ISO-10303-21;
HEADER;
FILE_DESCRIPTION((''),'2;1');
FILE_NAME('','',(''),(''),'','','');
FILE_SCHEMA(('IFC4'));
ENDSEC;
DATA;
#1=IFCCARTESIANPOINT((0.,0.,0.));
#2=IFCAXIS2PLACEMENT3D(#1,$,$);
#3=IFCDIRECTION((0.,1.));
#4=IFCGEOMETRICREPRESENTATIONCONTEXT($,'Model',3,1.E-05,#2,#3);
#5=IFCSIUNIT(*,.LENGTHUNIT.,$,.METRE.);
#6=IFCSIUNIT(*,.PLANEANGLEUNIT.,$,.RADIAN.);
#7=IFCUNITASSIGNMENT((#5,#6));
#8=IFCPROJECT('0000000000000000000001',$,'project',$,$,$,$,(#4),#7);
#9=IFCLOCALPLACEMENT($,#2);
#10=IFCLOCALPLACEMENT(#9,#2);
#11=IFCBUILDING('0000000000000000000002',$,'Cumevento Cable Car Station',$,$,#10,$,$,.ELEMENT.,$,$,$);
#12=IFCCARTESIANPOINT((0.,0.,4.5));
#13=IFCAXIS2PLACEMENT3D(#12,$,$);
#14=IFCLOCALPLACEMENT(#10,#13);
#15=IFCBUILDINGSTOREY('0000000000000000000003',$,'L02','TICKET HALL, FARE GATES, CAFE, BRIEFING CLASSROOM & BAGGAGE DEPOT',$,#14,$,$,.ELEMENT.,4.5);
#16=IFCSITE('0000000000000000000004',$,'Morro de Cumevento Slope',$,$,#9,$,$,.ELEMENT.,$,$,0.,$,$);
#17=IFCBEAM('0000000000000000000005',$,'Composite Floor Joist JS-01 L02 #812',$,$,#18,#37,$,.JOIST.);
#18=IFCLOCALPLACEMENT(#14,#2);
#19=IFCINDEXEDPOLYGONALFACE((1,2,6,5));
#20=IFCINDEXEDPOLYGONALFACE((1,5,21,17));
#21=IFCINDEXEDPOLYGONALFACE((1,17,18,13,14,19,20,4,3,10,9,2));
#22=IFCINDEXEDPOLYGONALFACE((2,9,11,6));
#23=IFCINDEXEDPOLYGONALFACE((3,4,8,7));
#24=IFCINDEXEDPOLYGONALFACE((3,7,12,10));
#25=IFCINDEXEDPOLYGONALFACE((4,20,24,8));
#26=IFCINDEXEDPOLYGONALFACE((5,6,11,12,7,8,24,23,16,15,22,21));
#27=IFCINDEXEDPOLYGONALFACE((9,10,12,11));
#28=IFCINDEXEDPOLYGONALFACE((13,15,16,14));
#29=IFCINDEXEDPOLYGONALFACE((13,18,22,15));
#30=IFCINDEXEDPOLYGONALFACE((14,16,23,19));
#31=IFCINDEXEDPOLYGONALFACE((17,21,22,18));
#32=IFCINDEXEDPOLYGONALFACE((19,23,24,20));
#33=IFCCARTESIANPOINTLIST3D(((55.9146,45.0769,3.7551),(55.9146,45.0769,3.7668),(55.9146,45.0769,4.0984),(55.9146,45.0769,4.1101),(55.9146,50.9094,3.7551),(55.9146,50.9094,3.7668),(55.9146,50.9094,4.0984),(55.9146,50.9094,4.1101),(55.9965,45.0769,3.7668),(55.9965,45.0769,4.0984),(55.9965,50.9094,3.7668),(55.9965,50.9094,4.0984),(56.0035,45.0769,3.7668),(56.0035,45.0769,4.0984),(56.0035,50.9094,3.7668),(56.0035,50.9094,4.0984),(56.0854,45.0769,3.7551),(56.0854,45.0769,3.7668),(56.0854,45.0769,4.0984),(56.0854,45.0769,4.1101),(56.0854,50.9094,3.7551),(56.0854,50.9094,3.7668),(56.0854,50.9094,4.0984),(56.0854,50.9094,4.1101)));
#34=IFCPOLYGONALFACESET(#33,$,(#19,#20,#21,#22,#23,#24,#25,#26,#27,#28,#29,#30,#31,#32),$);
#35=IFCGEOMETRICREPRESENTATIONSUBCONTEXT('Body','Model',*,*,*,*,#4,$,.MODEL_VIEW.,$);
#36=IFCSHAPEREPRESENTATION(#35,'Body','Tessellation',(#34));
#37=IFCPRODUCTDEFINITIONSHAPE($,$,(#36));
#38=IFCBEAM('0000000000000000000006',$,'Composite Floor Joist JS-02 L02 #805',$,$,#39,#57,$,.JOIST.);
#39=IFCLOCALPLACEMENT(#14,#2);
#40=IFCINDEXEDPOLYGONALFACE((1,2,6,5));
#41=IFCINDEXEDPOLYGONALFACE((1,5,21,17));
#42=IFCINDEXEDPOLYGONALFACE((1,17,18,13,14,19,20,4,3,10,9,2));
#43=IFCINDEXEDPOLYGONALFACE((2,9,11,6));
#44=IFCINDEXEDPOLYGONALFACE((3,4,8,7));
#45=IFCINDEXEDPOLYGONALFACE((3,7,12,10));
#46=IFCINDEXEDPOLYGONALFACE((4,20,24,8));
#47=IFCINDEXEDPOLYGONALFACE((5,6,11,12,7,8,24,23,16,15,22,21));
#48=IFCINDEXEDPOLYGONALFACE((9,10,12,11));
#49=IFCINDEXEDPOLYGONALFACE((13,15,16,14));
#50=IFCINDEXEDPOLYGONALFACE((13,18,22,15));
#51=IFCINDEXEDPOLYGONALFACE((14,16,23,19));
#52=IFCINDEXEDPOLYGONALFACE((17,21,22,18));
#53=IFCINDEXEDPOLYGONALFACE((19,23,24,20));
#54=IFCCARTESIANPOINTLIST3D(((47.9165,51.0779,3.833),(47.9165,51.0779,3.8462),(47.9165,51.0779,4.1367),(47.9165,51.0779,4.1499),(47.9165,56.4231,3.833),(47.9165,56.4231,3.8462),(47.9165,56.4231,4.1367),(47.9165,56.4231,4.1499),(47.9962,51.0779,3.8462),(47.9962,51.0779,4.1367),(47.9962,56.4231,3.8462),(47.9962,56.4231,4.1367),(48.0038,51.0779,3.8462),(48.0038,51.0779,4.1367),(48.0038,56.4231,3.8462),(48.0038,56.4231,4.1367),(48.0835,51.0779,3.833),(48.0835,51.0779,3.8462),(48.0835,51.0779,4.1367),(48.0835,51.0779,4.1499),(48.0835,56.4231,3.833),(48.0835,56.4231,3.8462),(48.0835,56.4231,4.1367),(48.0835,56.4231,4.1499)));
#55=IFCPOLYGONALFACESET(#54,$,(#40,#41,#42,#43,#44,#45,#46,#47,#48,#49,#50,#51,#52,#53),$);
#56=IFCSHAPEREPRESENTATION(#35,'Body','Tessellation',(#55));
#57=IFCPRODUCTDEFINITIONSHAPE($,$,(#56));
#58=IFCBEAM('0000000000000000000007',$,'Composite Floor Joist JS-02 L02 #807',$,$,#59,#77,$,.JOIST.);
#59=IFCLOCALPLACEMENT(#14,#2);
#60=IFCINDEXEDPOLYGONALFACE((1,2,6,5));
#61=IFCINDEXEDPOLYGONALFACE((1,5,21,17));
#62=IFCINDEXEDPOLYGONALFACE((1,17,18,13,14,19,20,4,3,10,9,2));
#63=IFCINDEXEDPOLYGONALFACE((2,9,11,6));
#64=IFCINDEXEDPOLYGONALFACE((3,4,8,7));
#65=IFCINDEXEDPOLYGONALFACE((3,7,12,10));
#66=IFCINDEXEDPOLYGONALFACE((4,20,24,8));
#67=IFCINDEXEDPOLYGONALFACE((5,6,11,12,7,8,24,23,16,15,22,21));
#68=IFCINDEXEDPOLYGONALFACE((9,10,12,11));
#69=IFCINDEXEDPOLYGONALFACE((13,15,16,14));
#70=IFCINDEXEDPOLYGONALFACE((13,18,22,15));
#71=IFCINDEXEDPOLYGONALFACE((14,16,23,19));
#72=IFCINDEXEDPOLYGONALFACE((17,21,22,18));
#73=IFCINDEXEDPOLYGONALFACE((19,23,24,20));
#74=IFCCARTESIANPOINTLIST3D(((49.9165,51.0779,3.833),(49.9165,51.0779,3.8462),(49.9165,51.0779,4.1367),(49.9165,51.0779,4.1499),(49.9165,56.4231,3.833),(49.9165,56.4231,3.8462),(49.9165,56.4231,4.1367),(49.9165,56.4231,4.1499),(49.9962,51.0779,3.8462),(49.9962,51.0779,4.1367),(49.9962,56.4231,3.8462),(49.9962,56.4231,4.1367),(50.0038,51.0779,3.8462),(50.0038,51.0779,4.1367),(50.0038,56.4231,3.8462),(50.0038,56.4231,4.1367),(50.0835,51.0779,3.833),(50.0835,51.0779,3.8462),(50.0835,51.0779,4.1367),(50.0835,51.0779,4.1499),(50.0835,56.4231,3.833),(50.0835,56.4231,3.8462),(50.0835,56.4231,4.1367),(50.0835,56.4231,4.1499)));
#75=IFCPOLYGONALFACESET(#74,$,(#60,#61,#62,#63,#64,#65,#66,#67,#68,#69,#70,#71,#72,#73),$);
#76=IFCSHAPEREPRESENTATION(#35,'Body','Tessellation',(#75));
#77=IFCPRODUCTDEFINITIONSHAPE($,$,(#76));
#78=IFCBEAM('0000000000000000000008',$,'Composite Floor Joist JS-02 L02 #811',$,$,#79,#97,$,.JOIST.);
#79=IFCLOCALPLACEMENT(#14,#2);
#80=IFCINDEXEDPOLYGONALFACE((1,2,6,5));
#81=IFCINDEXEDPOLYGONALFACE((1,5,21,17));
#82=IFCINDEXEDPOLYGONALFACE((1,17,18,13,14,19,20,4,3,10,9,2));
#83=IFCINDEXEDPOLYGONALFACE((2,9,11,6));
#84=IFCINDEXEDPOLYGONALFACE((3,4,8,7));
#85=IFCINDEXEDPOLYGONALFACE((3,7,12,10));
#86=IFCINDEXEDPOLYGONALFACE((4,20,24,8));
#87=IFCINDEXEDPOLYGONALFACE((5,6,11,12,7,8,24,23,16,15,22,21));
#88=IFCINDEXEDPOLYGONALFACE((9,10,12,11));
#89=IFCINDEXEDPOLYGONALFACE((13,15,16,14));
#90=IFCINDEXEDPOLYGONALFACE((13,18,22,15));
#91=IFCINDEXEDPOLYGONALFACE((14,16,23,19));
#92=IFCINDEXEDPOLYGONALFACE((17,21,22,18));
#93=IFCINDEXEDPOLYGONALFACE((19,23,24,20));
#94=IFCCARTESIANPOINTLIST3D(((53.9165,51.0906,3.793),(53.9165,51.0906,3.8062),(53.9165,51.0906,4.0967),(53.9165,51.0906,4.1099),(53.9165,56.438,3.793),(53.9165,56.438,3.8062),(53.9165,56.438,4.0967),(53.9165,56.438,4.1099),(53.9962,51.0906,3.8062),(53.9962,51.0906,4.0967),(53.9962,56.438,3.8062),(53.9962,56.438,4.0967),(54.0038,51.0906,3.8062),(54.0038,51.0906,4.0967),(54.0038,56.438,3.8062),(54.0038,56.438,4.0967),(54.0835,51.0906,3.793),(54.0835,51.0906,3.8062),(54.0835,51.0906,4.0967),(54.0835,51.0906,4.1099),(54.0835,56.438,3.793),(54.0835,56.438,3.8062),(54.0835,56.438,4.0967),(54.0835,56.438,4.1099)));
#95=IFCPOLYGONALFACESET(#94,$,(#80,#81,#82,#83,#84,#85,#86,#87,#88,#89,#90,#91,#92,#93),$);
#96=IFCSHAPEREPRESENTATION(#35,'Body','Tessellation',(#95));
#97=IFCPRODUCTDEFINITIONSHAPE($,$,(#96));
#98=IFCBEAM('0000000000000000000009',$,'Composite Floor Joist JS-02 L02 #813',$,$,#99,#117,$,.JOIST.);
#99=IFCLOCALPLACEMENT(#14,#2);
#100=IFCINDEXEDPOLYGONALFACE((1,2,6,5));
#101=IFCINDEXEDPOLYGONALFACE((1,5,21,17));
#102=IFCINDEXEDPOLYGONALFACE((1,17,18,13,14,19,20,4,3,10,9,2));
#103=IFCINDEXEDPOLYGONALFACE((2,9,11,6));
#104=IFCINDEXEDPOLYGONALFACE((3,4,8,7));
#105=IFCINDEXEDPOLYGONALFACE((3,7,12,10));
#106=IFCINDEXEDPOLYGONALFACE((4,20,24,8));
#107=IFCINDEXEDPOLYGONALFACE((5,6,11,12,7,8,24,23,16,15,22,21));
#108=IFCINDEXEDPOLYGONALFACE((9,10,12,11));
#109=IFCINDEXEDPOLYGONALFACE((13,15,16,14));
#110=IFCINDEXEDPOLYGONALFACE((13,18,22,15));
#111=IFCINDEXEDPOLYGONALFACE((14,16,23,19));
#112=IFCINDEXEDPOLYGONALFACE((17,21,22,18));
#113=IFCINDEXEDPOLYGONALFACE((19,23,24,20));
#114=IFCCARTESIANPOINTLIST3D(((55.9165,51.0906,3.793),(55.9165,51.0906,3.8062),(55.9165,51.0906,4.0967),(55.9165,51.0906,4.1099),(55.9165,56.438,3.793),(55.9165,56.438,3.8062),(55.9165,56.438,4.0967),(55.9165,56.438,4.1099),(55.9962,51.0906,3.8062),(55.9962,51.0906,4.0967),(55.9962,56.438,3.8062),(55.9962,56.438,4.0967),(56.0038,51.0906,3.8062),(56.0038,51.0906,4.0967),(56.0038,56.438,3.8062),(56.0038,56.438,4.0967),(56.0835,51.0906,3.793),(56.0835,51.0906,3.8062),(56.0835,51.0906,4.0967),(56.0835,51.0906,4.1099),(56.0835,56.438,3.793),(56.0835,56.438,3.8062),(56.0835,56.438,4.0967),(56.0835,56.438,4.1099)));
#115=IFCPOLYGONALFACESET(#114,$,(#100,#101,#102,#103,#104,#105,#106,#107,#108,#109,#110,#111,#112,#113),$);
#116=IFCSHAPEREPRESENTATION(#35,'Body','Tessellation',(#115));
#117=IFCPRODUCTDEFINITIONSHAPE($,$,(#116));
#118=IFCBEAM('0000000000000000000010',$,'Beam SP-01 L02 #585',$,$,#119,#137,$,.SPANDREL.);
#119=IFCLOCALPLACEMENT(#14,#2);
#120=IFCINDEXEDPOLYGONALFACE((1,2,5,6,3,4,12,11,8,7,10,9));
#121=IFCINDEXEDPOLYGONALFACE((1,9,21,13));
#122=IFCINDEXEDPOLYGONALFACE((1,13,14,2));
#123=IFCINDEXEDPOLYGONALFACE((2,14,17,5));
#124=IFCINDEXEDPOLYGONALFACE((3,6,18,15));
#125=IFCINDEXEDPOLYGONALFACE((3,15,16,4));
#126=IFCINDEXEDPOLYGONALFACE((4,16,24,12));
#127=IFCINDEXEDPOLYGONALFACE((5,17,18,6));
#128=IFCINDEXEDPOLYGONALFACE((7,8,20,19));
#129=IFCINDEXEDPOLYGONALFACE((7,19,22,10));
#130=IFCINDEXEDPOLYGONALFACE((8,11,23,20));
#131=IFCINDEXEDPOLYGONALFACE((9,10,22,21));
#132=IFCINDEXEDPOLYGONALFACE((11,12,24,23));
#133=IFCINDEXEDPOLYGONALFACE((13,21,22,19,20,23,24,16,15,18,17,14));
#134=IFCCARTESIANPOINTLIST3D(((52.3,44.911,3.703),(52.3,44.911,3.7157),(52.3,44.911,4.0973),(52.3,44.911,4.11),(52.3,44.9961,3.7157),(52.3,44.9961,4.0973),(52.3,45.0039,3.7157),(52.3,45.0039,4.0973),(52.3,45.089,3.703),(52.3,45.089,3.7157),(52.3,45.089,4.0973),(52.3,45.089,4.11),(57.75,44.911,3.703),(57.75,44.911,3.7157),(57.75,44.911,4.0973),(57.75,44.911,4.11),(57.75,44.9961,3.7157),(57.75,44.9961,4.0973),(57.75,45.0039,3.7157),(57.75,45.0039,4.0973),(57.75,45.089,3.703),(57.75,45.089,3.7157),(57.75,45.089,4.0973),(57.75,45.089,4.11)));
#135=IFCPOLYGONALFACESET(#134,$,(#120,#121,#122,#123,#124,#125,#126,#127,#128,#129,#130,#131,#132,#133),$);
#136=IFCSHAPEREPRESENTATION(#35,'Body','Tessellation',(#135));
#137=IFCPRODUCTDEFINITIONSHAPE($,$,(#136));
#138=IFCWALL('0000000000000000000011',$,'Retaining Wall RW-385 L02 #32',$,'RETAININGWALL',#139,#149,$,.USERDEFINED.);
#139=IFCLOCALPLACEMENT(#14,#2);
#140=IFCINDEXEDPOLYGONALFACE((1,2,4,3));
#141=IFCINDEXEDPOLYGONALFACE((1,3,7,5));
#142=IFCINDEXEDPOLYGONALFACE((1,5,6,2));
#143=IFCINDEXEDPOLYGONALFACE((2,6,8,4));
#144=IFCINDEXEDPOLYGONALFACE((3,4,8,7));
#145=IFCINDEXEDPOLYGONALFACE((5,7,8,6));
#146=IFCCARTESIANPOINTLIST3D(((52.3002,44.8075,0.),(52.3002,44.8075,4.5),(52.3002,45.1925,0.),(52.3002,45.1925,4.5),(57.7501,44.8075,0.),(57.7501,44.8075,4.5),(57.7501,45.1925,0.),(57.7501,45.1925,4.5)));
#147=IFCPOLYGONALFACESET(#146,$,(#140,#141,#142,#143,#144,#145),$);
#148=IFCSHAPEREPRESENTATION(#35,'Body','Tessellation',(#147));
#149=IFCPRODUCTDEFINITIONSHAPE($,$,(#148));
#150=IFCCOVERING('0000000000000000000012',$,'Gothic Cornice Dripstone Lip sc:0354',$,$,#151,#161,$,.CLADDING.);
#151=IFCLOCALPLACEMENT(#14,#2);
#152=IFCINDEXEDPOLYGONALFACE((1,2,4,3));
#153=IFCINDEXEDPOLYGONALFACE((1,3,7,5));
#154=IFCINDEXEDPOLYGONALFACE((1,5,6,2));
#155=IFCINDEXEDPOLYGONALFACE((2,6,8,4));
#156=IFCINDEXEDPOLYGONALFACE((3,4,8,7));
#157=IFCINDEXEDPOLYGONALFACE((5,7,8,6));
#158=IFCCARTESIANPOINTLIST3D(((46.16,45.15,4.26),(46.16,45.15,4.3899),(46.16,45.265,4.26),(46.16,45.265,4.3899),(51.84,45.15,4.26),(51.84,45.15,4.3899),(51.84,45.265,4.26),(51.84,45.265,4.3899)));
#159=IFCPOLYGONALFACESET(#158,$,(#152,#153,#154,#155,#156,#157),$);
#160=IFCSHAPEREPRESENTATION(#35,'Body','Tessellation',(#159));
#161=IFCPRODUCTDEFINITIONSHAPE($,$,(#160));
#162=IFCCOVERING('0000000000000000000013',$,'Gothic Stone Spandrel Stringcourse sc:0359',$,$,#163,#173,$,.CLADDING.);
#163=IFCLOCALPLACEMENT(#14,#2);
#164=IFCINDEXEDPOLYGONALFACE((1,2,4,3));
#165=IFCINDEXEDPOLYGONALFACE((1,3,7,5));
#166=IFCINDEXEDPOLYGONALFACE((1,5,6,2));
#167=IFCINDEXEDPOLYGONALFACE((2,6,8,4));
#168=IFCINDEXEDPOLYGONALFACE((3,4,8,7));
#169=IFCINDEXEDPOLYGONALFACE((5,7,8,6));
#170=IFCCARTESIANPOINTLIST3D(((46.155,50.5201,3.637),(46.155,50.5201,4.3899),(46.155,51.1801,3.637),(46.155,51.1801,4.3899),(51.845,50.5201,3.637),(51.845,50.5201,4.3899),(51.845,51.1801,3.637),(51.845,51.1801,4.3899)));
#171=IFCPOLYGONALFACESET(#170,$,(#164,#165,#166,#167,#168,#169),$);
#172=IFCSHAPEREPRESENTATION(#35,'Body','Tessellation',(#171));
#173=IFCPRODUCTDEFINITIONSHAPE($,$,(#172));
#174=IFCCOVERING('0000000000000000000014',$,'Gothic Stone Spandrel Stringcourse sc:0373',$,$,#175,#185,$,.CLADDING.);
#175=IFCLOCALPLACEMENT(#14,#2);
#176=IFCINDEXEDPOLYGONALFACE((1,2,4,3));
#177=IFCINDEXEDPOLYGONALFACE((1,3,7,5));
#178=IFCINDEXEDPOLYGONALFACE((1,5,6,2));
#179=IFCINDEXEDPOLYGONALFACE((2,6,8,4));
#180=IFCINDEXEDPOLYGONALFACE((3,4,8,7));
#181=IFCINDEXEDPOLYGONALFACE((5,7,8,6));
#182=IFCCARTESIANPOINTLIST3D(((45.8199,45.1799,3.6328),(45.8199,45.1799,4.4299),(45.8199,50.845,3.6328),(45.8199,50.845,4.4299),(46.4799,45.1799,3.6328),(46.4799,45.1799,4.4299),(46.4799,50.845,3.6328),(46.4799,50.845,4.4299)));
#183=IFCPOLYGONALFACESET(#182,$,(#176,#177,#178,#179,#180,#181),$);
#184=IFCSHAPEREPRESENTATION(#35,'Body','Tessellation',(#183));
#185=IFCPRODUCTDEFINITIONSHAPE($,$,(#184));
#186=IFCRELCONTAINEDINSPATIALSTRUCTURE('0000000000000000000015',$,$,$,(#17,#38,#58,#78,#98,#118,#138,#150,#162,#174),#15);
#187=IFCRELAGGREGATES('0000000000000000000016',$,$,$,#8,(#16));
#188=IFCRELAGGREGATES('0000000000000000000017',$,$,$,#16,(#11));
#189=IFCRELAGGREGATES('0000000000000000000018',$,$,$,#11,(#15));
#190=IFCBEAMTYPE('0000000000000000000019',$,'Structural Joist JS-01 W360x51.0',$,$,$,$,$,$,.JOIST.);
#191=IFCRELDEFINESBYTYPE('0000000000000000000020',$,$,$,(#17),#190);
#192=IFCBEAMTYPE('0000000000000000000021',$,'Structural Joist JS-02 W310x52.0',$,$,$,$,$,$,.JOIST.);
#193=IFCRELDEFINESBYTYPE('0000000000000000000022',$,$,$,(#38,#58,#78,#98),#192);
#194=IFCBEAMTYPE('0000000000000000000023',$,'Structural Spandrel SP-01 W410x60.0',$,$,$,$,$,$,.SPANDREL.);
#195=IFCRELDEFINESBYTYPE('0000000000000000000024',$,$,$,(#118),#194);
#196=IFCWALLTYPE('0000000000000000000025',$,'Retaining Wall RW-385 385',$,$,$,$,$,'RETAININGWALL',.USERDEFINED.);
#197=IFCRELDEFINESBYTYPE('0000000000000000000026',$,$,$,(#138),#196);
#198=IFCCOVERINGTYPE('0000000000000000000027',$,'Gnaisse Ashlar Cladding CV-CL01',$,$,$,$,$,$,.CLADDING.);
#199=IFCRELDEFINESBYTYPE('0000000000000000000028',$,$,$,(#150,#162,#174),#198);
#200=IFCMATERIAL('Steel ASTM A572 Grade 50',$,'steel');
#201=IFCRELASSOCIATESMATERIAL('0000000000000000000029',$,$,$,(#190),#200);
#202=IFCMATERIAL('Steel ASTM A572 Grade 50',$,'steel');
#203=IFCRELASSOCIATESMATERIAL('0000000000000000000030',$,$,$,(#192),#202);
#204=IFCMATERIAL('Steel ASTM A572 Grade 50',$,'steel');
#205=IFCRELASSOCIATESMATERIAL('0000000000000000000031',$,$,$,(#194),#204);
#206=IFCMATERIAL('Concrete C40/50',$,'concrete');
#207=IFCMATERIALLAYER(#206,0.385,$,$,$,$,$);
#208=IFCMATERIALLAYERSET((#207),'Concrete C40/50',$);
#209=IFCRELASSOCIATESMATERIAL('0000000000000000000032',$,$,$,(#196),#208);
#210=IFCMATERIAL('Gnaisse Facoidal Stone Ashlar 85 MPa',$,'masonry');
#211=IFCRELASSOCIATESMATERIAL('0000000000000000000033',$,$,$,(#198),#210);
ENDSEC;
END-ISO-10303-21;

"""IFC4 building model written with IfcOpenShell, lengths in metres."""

from ifc_helpers import new_model, si_unit, direction, frame, frame_2d, origin, origin_2d, place, context, subcontext, project, spatial, rectangle, i_section, extrude, material, layer, layer_set, material_profile, profile_set, type_object, element, save


model = new_model("IFC4")

# Units and contexts
model_context = context("Model", 3, precision=1e-05, world=origin(), true_north=direction((0.0, 1.0)))
body_context = subcontext(model_context, "Body", "Model", "MODEL_VIEW")
ifc_project = project(units=[si_unit("LENGTHUNIT", "METRE"), si_unit("PLANEANGLEUNIT", "RADIAN")], contexts=[model_context])

# Site, building, storey
site_placement = place(None, origin())
site = spatial("IfcSite", under=ifc_project, at=site_placement, Name="Morro de Cumevento Slope", CompositionType="ELEMENT", RefElevation=0.0)
building_placement = place(site_placement, origin())
building = spatial("IfcBuilding", under=site, at=building_placement, Name="Cumevento Cable Car Station", CompositionType="ELEMENT")
storey_placement = place(building_placement, frame((0.0, 0.0, 4.5)))
storey = spatial("IfcBuildingStorey", under=building, at=storey_placement, Name="L02", Description="TICKET HALL, FARE GATES, CAFE, BRIEFING CLASSROOM & BAGGAGE DEPOT", CompositionType="ELEMENT", Elevation=4.5)

# Beams
ifc_material_1 = material(Name="Steel ASTM A572 Grade 50", Category="steel")
ifc_material_profile_1 = material_profile(ifc_material_1, i_section(OverallWidth=0.1709, OverallDepth=0.355, WebThickness=0.0071, FlangeThickness=0.0117, at=origin_2d()), Name="W360x51.0")
ifc_profile_set_1 = profile_set([ifc_material_profile_1], Name="Steel ASTM A572 Grade 50")
beam_type_1 = type_object("IfcBeamType", Name="Structural Joist JS-01 W360x51.0", PredefinedType="JOIST", material=ifc_profile_set_1)
for number, where, z_axis, x_axis, name in (
    (1, (56.0, 45.0769, 3.9326), (0.0, 1.0, 0.0), (-1.0, 0.0, 0.0), "Composite Floor Joist JS-01 L02 #812"),
):
    element("IfcBeam", number, at=place(storey_placement, frame(where, z_axis=z_axis, x_axis=x_axis)), inside=storey, type_object=beam_type_1, Name=name, PredefinedType="JOIST", context=body_context, shape_type="SweptSolid", body=[
        extrude(i_section(OverallWidth=0.1709, OverallDepth=0.355, WebThickness=0.0071, FlangeThickness=0.0117, at=origin_2d()), origin(), (0.0, 0.0, 1.0), 5.8325),
    ])
ifc_material_2 = material(Name="Steel ASTM A572 Grade 50", Category="steel")
ifc_material_profile_2 = material_profile(ifc_material_2, i_section(OverallWidth=0.167, OverallDepth=0.3169, WebThickness=0.0076, FlangeThickness=0.0132, at=origin_2d()), Name="W310x52.0")
ifc_profile_set_2 = profile_set([ifc_material_profile_2], Name="Steel ASTM A572 Grade 50")
beam_type_2 = type_object("IfcBeamType", Name="Structural Joist JS-02 W310x52.0", PredefinedType="JOIST", material=ifc_profile_set_2)
for number, where, z_axis, x_axis, name in (
    (2, (48.0, 51.0779, 3.9915), (0.0, 1.0, 0.0), (-1.0, 0.0, 0.0), "Composite Floor Joist JS-02 L02 #805"),
    (3, (50.0, 51.0779, 3.9915), (0.0, 1.0, 0.0), (-1.0, 0.0, 0.0), "Composite Floor Joist JS-02 L02 #807"),
):
    element("IfcBeam", number, at=place(storey_placement, frame(where, z_axis=z_axis, x_axis=x_axis)), inside=storey, type_object=beam_type_2, Name=name, PredefinedType="JOIST", context=body_context, shape_type="SweptSolid", body=[
        extrude(i_section(OverallWidth=0.167, OverallDepth=0.3169, WebThickness=0.0076, FlangeThickness=0.0132, at=origin_2d()), origin(), (0.0, 0.0, 1.0), 5.3452),
    ])
for number, where, z_axis, x_axis, name in (
    (4, (54.0, 51.0906, 3.9514), (0.0, 1.0, 0.0), (-1.0, 0.0, 0.0), "Composite Floor Joist JS-02 L02 #811"),
    (5, (56.0, 51.0906, 3.9514), (0.0, 1.0, 0.0), (-1.0, 0.0, 0.0), "Composite Floor Joist JS-02 L02 #813"),
):
    element("IfcBeam", number, at=place(storey_placement, frame(where, z_axis=z_axis, x_axis=x_axis)), inside=storey, type_object=beam_type_2, Name=name, PredefinedType="JOIST", context=body_context, shape_type="SweptSolid", body=[
        extrude(i_section(OverallWidth=0.167, OverallDepth=0.3169, WebThickness=0.0076, FlangeThickness=0.0132, at=origin_2d()), origin(), (0.0, 0.0, 1.0), 5.3474),
    ])
ifc_material_3 = material(Name="Steel ASTM A572 Grade 50", Category="steel")
ifc_material_profile_3 = material_profile(ifc_material_3, i_section(OverallWidth=0.178, OverallDepth=0.407, WebThickness=0.0078, FlangeThickness=0.0127, at=origin_2d()), Name="W410x60.0")
ifc_profile_set_3 = profile_set([ifc_material_profile_3], Name="Steel ASTM A572 Grade 50")
beam_type_3 = type_object("IfcBeamType", Name="Structural Spandrel SP-01 W410x60.0", PredefinedType="SPANDREL", material=ifc_profile_set_3)
beam_1_placement = place(storey_placement, frame((52.3, 45.0, 3.9065), z_axis=(1.0, 0.0, 0.0), x_axis=(0.0, 1.0, 0.0)))
element("IfcBeam", 6, at=beam_1_placement, inside=storey, type_object=beam_type_3, Name="Beam SP-01 L02 #585", PredefinedType="SPANDREL", context=body_context, shape_type="SweptSolid", body=[
    extrude(i_section(OverallWidth=0.178, OverallDepth=0.407, WebThickness=0.0078, FlangeThickness=0.0127, at=origin_2d()), origin(), (0.0, 0.0, 1.0), 5.45),
])

# Wall
ifc_material_4 = material(Name="Concrete C40/50", Category="concrete")
ifc_layer = layer(ifc_material_4, 0.385)
ifc_layer_set = layer_set([ifc_layer], Name="Concrete C40/50")
wall_type = type_object("IfcWallType", Name="Retaining Wall RW-385 385", ElementType="RETAININGWALL", PredefinedType="USERDEFINED", material=ifc_layer_set)
wall_placement = place(storey_placement, frame((52.3, 45.0, 0.0), z_axis=(0.0, 0.0, 1.0), x_axis=(1.0, 0.0, 0.0)))
element("IfcWall", 7, at=wall_placement, inside=storey, type_object=wall_type, Name="Retaining Wall RW-385 L02 #32", ObjectType="RETAININGWALL", PredefinedType="USERDEFINED", context=body_context, shape_type="SweptSolid", body=[
    extrude(rectangle(XDim=5.45, YDim=0.385, at=frame_2d((2.7251, 0.0))), origin(), (0.0, 0.0, 1.0), 4.5),
])

# Coverings
ifc_material_5 = material(Name="Gnaisse Facoidal Stone Ashlar 85 MPa", Category="masonry")
covering_type = type_object("IfcCoveringType", Name="Gnaisse Ashlar Cladding CV-CL01", PredefinedType="CLADDING", material=ifc_material_5)
covering_1_placement = place(storey_placement, frame((49.0, 45.2075, 4.26), z_axis=(0.0, 0.0, 1.0), x_axis=(1.0, 0.0, 0.0)))
element("IfcCovering", 8, at=covering_1_placement, inside=storey, type_object=covering_type, Name="Gothic Cornice Dripstone Lip sc:0354", PredefinedType="CLADDING", context=body_context, shape_type="SweptSolid", body=[
    extrude(rectangle(XDim=5.6799, YDim=0.115, at=origin_2d()), origin(), (0.0, 0.0, 1.0), 0.1299),
])
covering_2_placement = place(storey_placement, frame((49.0, 50.8501, 3.637), z_axis=(0.0, 0.0, 1.0), x_axis=(1.0, 0.0, 0.0)))
element("IfcCovering", 9, at=covering_2_placement, inside=storey, type_object=covering_type, Name="Gothic Stone Spandrel Stringcourse sc:0359", PredefinedType="CLADDING", context=body_context, shape_type="SweptSolid", body=[
    extrude(rectangle(XDim=5.6899, YDim=0.6599, at=origin_2d()), origin(), (0.0, 0.0, 1.0), 0.7529),
])
covering_3_placement = place(storey_placement, frame((46.1499, 48.0125, 3.6328), z_axis=(0.0, 0.0, 1.0), x_axis=(0.0, 1.0, 0.0)))
element("IfcCovering", 10, at=covering_3_placement, inside=storey, type_object=covering_type, Name="Gothic Stone Spandrel Stringcourse sc:0373", PredefinedType="CLADDING", context=body_context, shape_type="SweptSolid", body=[
    extrude(rectangle(XDim=5.665, YDim=0.6599, at=origin_2d()), origin(), (0.0, 0.0, 1.0), 0.7971),
])

save(model, "model.ifc")
